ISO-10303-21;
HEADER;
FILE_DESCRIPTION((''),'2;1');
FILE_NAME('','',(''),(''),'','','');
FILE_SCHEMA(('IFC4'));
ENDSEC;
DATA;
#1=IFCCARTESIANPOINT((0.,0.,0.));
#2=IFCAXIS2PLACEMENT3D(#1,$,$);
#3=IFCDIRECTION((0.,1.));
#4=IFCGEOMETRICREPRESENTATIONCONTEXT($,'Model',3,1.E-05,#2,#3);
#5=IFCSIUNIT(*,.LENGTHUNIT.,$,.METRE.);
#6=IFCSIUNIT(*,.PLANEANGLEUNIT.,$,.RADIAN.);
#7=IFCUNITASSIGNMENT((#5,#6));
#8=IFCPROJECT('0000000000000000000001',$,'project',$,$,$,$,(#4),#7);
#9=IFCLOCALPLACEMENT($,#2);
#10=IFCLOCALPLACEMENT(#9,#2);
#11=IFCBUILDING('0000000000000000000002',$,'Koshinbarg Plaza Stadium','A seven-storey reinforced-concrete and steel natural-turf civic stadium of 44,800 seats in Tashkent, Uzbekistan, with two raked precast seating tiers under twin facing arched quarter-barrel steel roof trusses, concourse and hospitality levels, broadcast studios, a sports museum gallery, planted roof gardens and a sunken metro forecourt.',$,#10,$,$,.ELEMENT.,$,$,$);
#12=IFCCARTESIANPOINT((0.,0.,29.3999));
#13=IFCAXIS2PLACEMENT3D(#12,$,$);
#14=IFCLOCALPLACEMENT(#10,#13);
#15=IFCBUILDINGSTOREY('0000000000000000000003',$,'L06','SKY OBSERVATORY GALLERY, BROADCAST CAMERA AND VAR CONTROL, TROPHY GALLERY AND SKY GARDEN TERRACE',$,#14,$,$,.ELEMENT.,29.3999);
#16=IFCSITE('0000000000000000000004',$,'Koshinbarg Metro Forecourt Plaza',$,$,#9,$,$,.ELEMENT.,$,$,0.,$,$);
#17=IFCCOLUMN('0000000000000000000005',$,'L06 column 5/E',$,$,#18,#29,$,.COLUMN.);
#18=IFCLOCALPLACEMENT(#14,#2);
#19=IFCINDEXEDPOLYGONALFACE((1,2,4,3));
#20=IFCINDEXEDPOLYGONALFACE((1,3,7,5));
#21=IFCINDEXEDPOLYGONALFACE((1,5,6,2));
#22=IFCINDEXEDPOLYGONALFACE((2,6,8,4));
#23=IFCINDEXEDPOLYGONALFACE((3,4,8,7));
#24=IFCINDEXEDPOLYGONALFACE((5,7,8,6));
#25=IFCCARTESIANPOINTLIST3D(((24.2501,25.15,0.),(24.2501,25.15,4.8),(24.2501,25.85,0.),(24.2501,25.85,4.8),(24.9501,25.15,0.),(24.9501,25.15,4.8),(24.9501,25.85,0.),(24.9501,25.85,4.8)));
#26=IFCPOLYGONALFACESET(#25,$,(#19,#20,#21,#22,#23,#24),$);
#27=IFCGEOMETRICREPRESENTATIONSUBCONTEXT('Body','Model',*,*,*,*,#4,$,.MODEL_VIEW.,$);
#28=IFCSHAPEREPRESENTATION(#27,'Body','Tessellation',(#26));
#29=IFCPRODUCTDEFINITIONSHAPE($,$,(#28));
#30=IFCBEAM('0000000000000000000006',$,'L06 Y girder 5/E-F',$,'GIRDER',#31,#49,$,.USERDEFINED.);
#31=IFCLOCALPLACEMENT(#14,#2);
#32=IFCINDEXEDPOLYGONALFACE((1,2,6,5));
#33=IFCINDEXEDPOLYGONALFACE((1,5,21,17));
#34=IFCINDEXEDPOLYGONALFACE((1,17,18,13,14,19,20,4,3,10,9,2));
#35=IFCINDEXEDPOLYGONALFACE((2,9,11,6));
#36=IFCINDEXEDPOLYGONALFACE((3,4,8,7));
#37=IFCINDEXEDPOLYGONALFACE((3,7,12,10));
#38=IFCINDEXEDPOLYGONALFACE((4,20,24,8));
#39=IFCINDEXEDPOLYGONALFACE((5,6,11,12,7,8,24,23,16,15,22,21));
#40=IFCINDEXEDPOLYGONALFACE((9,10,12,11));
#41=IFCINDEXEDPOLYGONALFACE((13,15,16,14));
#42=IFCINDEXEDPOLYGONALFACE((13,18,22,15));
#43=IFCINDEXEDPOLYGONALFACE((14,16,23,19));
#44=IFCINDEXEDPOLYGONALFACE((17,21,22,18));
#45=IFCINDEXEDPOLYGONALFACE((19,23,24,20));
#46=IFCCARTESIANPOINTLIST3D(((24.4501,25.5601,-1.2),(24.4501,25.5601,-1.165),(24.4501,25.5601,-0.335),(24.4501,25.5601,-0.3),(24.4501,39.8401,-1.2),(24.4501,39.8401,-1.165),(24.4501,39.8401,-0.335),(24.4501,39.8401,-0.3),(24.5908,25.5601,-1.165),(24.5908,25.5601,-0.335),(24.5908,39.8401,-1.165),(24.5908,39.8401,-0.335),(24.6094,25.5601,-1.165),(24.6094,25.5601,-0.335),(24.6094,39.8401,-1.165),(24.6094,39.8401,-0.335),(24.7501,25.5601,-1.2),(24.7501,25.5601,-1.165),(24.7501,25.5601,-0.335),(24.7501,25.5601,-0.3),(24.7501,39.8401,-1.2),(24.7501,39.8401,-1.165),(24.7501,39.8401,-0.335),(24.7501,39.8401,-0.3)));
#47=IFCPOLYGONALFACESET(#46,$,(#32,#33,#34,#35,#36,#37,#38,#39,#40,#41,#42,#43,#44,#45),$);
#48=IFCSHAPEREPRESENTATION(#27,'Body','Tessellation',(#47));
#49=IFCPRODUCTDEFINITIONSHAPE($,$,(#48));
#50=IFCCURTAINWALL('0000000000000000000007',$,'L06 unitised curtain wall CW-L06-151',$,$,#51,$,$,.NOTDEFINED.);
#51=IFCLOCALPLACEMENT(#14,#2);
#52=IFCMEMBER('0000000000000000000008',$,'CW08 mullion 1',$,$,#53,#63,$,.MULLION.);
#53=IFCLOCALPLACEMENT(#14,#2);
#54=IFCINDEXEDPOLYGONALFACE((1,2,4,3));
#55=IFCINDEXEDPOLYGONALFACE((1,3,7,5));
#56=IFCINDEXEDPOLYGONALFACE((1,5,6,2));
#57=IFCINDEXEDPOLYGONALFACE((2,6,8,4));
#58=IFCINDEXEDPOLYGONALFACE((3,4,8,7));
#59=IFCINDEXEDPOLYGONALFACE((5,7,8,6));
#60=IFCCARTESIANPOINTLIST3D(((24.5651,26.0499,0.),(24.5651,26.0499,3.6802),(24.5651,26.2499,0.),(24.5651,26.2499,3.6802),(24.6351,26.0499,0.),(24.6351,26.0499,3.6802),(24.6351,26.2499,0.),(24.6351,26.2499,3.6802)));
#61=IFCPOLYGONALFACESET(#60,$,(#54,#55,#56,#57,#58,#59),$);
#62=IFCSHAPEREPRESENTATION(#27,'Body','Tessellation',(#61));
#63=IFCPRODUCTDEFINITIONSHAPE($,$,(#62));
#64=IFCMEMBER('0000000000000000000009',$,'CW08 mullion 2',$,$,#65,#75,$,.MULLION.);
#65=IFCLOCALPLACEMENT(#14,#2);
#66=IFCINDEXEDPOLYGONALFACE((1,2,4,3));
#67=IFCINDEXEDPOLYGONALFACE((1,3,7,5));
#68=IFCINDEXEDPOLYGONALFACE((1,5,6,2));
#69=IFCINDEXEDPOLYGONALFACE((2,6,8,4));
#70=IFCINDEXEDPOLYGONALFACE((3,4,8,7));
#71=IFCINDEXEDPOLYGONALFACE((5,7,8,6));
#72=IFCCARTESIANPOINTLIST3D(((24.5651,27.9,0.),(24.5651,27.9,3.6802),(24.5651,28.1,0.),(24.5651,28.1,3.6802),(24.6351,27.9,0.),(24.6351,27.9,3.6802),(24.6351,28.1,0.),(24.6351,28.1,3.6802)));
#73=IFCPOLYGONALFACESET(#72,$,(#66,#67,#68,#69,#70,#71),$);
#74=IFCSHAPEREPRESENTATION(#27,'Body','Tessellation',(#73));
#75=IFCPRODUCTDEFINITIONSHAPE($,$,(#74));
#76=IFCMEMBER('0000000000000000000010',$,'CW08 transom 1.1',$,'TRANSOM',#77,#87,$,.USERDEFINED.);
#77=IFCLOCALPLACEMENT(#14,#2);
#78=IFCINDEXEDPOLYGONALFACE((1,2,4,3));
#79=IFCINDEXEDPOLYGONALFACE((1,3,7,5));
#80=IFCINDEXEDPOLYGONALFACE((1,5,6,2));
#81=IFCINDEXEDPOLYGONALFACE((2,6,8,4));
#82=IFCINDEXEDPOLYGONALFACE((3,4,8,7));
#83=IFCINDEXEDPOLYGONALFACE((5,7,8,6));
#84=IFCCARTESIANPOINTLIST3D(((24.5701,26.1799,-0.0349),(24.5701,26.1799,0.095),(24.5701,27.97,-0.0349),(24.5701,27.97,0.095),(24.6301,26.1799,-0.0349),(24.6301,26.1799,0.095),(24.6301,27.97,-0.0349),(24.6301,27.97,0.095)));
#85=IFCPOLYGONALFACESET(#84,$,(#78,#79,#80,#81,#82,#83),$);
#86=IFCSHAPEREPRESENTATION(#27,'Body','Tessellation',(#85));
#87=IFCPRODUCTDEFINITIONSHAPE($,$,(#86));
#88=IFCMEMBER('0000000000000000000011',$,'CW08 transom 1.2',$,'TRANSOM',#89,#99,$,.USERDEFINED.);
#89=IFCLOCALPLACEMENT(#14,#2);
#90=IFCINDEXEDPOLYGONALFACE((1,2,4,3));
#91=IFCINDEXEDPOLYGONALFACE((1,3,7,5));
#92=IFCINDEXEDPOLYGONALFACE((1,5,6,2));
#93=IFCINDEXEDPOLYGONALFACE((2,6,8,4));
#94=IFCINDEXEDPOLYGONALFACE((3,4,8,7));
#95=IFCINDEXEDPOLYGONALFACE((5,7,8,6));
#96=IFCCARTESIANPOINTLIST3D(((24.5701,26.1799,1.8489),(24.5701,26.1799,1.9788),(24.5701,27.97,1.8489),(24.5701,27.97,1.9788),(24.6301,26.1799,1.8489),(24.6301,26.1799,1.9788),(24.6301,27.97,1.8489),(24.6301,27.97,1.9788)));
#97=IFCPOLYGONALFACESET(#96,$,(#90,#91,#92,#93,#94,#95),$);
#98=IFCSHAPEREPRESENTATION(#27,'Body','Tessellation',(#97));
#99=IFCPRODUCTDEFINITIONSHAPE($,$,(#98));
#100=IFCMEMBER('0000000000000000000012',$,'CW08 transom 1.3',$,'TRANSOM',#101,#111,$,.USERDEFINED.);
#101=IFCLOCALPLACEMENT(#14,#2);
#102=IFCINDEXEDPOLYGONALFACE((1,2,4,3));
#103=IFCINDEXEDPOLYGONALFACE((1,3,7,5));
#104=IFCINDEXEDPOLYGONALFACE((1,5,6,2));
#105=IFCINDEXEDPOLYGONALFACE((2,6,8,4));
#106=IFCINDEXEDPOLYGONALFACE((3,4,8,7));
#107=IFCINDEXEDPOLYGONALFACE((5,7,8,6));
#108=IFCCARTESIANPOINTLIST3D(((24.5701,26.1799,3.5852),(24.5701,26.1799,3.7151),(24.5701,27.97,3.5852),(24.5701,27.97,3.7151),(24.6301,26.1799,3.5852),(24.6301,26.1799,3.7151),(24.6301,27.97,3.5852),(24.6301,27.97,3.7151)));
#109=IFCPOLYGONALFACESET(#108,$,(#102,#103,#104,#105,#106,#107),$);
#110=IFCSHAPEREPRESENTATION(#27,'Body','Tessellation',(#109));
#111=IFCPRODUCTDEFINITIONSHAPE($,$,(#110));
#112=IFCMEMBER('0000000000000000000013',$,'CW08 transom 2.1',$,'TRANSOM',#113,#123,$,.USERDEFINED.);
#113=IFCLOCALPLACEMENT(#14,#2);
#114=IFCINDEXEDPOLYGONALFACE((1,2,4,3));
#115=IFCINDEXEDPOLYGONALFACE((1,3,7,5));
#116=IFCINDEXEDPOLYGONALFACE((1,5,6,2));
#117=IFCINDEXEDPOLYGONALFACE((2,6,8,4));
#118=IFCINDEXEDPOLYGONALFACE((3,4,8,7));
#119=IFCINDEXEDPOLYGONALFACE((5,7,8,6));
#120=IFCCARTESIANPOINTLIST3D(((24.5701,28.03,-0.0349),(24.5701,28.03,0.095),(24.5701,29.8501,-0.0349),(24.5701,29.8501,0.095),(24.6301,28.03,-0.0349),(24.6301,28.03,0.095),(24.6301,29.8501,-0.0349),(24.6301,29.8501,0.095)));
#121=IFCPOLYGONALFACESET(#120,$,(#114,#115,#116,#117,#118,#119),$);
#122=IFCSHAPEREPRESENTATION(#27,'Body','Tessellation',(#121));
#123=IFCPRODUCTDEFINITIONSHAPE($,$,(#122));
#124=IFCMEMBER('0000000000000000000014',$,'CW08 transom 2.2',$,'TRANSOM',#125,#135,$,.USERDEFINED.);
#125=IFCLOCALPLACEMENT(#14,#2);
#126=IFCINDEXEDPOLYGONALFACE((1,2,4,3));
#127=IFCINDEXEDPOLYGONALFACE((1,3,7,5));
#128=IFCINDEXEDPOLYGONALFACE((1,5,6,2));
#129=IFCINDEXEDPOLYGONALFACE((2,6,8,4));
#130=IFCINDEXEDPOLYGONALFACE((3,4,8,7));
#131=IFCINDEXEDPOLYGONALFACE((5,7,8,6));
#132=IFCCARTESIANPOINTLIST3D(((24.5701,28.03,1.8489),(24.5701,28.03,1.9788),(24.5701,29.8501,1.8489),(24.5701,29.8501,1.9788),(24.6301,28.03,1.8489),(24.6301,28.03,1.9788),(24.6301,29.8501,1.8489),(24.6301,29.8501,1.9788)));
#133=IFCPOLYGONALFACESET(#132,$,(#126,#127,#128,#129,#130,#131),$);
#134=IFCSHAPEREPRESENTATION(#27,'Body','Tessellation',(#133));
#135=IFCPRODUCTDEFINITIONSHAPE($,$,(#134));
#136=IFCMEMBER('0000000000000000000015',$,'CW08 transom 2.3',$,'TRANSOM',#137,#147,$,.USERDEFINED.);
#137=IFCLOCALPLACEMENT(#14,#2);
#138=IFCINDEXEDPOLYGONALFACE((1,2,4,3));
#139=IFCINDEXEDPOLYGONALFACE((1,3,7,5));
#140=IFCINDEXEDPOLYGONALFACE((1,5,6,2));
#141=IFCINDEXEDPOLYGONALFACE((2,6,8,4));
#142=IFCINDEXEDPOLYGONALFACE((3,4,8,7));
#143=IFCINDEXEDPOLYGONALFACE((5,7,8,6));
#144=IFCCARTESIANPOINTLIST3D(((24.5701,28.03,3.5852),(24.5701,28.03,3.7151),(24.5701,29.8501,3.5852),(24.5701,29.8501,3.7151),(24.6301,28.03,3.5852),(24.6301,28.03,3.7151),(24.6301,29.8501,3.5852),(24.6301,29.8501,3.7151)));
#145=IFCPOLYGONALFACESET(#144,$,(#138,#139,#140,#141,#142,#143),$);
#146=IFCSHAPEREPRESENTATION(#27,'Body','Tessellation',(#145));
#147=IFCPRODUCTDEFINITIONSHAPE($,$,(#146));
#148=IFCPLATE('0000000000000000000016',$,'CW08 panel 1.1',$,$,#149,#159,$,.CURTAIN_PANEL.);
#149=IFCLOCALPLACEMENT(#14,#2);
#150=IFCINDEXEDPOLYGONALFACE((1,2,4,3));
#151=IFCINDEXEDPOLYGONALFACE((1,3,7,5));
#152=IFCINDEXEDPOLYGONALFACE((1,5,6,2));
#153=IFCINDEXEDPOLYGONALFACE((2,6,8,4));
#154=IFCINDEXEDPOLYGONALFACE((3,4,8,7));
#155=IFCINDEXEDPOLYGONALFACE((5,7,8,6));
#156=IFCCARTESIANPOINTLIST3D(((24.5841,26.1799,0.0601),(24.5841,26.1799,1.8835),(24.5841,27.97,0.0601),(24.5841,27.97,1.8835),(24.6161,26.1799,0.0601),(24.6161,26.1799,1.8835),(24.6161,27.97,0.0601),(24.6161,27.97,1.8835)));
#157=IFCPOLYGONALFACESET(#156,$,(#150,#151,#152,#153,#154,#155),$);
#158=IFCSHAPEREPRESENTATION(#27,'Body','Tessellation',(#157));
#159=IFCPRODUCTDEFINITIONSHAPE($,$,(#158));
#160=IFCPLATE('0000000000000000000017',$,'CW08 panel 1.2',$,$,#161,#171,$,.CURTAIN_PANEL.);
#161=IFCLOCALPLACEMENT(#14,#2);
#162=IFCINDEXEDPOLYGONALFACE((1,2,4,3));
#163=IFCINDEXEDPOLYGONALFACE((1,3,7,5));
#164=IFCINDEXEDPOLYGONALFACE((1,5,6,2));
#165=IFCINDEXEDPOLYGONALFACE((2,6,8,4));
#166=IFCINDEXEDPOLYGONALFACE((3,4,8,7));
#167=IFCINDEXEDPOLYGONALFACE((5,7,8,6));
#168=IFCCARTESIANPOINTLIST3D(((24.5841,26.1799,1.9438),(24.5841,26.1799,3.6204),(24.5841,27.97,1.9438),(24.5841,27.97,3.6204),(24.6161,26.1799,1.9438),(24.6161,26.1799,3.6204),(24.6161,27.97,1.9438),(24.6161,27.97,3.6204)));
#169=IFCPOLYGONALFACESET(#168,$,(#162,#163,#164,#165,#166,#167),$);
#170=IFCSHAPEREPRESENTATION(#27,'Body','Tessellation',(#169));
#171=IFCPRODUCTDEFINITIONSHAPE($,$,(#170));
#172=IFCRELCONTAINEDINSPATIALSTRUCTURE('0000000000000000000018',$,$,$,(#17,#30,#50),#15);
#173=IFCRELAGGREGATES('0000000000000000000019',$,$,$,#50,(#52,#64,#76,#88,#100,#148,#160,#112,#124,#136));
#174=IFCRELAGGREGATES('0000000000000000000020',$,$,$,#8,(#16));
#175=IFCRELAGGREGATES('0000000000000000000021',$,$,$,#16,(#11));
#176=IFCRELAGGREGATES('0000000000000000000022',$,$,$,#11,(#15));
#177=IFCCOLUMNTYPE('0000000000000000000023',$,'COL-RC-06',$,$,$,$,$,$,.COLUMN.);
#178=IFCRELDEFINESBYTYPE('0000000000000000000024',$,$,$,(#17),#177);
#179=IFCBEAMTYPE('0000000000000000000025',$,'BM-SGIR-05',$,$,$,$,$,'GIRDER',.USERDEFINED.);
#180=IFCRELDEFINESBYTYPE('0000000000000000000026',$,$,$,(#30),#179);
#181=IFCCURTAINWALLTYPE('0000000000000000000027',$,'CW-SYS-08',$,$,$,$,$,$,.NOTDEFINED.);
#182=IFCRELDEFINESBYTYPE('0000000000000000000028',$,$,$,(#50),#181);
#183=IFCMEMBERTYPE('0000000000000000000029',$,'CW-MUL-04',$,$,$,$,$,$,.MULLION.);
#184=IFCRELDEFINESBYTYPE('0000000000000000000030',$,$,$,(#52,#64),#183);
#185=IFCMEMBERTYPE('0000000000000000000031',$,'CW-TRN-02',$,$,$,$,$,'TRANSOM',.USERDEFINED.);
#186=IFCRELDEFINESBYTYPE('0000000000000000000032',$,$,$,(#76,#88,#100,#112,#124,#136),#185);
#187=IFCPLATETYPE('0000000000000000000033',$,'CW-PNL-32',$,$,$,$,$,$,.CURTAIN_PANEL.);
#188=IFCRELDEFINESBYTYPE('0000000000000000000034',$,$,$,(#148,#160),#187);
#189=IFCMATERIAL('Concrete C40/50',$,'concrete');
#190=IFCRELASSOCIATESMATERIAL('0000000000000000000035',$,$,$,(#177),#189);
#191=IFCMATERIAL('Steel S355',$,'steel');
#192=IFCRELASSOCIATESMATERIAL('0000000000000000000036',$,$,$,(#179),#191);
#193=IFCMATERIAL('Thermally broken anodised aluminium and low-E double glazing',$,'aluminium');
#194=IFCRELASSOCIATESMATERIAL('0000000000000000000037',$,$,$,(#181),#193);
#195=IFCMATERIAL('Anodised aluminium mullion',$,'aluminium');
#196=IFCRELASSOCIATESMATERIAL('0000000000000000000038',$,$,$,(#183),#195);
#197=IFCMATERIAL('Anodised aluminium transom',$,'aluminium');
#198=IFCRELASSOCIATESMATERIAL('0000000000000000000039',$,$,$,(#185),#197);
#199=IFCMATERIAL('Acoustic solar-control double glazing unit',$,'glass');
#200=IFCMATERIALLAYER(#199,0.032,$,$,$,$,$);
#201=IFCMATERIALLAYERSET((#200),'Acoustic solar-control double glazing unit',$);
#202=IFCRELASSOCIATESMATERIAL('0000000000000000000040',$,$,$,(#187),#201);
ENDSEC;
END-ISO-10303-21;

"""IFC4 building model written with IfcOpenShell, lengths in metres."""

from ifc_helpers import new_model, si_unit, direction, frame, origin, origin_2d, place, context, subcontext, project, spatial, rectangle, i_section, extrude, material, layer, layer_set, material_profile, profile_set, type_object, element, aggregate, save


model = new_model("IFC4")

# Units and contexts
model_context = context("Model", 3, precision=1e-05, world=origin(), true_north=direction((0.0, 1.0)))
body_context = subcontext(model_context, "Body", "Model", "MODEL_VIEW")
ifc_project = project(units=[si_unit("LENGTHUNIT", "METRE"), si_unit("PLANEANGLEUNIT", "RADIAN")], contexts=[model_context])

# Site, building, storey
site_placement = place(None, origin())
site = spatial("IfcSite", under=ifc_project, at=site_placement, Name="Koshinbarg Metro Forecourt Plaza", CompositionType="ELEMENT", RefElevation=0.0)
building_placement = place(site_placement, origin())
building = spatial("IfcBuilding", under=site, at=building_placement, Name="Koshinbarg Plaza Stadium", Description="A seven-storey reinforced-concrete and steel natural-turf civic stadium of 44,800 seats in Tashkent, Uzbekistan, with two raked precast seating tiers under twin facing arched quarter-barrel steel roof trusses, concourse and hospitality levels, broadcast studios, a sports museum gallery, planted roof gardens and a sunken metro forecourt.", CompositionType="ELEMENT")
storey_placement = place(building_placement, frame((0.0, 0.0, 29.3999)))
storey = spatial("IfcBuildingStorey", under=building, at=storey_placement, Name="L06", Description="SKY OBSERVATORY GALLERY, BROADCAST CAMERA AND VAR CONTROL, TROPHY GALLERY AND SKY GARDEN TERRACE", CompositionType="ELEMENT", Elevation=29.3999)

# Column
ifc_material_1 = material(Name="Concrete C40/50", Category="concrete")
ifc_material_profile_1 = material_profile(ifc_material_1, rectangle(XDim=0.7, YDim=0.7, at=origin_2d()), Name="RC 700x700")
ifc_profile_set_1 = profile_set([ifc_material_profile_1], Name="Concrete C40/50")
column_type = type_object("IfcColumnType", Name="COL-RC-06", PredefinedType="COLUMN", material=ifc_profile_set_1)
column_placement = place(storey_placement, frame((24.6001, 25.5, 0.0), z_axis=(0.0, 0.0, 1.0), x_axis=(1.0, 0.0, 0.0)))
element("IfcColumn", 1, at=column_placement, inside=storey, type_object=column_type, Name="L06 column 5/E", PredefinedType="COLUMN", context=body_context, shape_type="SweptSolid", body=[
    extrude(rectangle(XDim=0.7, YDim=0.7, at=origin_2d()), origin(), (0.0, 0.0, 1.0), 4.8),
])

# Beam
ifc_material_2 = material(Name="Steel S355", Category="steel")
ifc_material_profile_2 = material_profile(ifc_material_2, i_section(OverallWidth=0.3, OverallDepth=0.8999, WebThickness=0.0186, FlangeThickness=0.0349, at=origin_2d()), Name="HEB 900")
ifc_profile_set_2 = profile_set([ifc_material_profile_2], Name="Steel S355")
beam_type = type_object("IfcBeamType", Name="BM-SGIR-05", ElementType="GIRDER", PredefinedType="USERDEFINED", material=ifc_profile_set_2)
beam_placement = place(storey_placement, frame((24.6001, 25.5601, -0.75), z_axis=(0.0, 1.0, 0.0), x_axis=(-1.0, 0.0, 0.0)))
element("IfcBeam", 2, at=beam_placement, inside=storey, type_object=beam_type, Name="L06 Y girder 5/E-F", ObjectType="GIRDER", PredefinedType="USERDEFINED", context=body_context, shape_type="SweptSolid", body=[
    extrude(i_section(OverallWidth=0.3, OverallDepth=0.8999, WebThickness=0.0186, FlangeThickness=0.0349, at=origin_2d()), origin(), (0.0, 0.0, 1.0), 14.28),
])

# Curtain wall, members, plates
ifc_material_3 = material(Name="Thermally broken anodised aluminium and low-E double glazing", Category="aluminium")
curtain_wall_type = type_object("IfcCurtainWallType", Name="CW-SYS-08", PredefinedType="NOTDEFINED", material=ifc_material_3)
curtain_wall_placement = place(storey_placement, origin())
curtain_wall = element("IfcCurtainWall", 3, at=curtain_wall_placement, inside=storey, type_object=curtain_wall_type, Name="L06 unitised curtain wall CW-L06-151", PredefinedType="NOTDEFINED")
ifc_material_4 = material(Name="Anodised aluminium mullion", Category="aluminium")
ifc_material_profile_3 = material_profile(ifc_material_4, rectangle(XDim=0.0701, YDim=0.2, at=origin_2d()), Name="ALU 70x200")
ifc_profile_set_3 = profile_set([ifc_material_profile_3], Name="Anodised aluminium mullion")
member_type_1 = type_object("IfcMemberType", Name="CW-MUL-04", PredefinedType="MULLION", material=ifc_profile_set_3)
member_1_placement = place(storey_placement, frame((24.6001, 26.1499, 0.0), z_axis=(0.0, 0.0, 1.0), x_axis=(-1.0, 0.0, 0.0)))
member_1 = element("IfcMember", 4, at=member_1_placement, type_object=member_type_1, Name="CW08 mullion 1", PredefinedType="MULLION", context=body_context, shape_type="SweptSolid", body=[
    extrude(rectangle(XDim=0.0701, YDim=0.2, at=origin_2d()), origin(), (0.0, 0.0, 1.0), 3.6802),
])
member_2_placement = place(storey_placement, frame((24.6001, 28.0, 0.0), z_axis=(0.0, 0.0, 1.0), x_axis=(-1.0, 0.0, 0.0)))
member_2 = element("IfcMember", 5, at=member_2_placement, type_object=member_type_1, Name="CW08 mullion 2", PredefinedType="MULLION", context=body_context, shape_type="SweptSolid", body=[
    extrude(rectangle(XDim=0.0701, YDim=0.2, at=origin_2d()), origin(), (0.0, 0.0, 1.0), 3.6802),
])
ifc_material_5 = material(Name="Anodised aluminium transom", Category="aluminium")
ifc_material_profile_4 = material_profile(ifc_material_5, rectangle(XDim=0.0601, YDim=0.1299, at=origin_2d()), Name="ALU 60x130")
ifc_profile_set_4 = profile_set([ifc_material_profile_4], Name="Anodised aluminium transom")
member_type_2 = type_object("IfcMemberType", Name="CW-TRN-02", ElementType="TRANSOM", PredefinedType="USERDEFINED", material=ifc_profile_set_4)
member_3_placement = place(storey_placement, frame((24.6001, 26.1799, 0.03), z_axis=(0.0, 1.0, 0.0), x_axis=(-1.0, 0.0, 0.0)))
member_3 = element("IfcMember", 6, at=member_3_placement, type_object=member_type_2, Name="CW08 transom 1.1", ObjectType="TRANSOM", PredefinedType="USERDEFINED", context=body_context, shape_type="SweptSolid", body=[
    extrude(rectangle(XDim=0.0601, YDim=0.1299, at=origin_2d()), origin(), (0.0, 0.0, 1.0), 1.79),
])
member_4_placement = place(storey_placement, frame((24.6001, 26.1799, 1.9138), z_axis=(0.0, 1.0, 0.0), x_axis=(-1.0, 0.0, 0.0)))
member_4 = element("IfcMember", 7, at=member_4_placement, type_object=member_type_2, Name="CW08 transom 1.2", ObjectType="TRANSOM", PredefinedType="USERDEFINED", context=body_context, shape_type="SweptSolid", body=[
    extrude(rectangle(XDim=0.0601, YDim=0.1299, at=origin_2d()), origin(), (0.0, 0.0, 1.0), 1.79),
])
member_5_placement = place(storey_placement, frame((24.6001, 26.1799, 3.6501), z_axis=(0.0, 1.0, 0.0), x_axis=(-1.0, 0.0, 0.0)))
member_5 = element("IfcMember", 8, at=member_5_placement, type_object=member_type_2, Name="CW08 transom 1.3", ObjectType="TRANSOM", PredefinedType="USERDEFINED", context=body_context, shape_type="SweptSolid", body=[
    extrude(rectangle(XDim=0.0601, YDim=0.1299, at=origin_2d()), origin(), (0.0, 0.0, 1.0), 1.79),
])
member_6_placement = place(storey_placement, frame((24.6001, 28.03, 0.03), z_axis=(0.0, 1.0, 0.0), x_axis=(-1.0, 0.0, 0.0)))
member_6 = element("IfcMember", 9, at=member_6_placement, type_object=member_type_2, Name="CW08 transom 2.1", ObjectType="TRANSOM", PredefinedType="USERDEFINED", context=body_context, shape_type="SweptSolid", body=[
    extrude(rectangle(XDim=0.0601, YDim=0.1299, at=origin_2d()), origin(), (0.0, 0.0, 1.0), 1.8201),
])
member_7_placement = place(storey_placement, frame((24.6001, 28.03, 1.9138), z_axis=(0.0, 1.0, 0.0), x_axis=(-1.0, 0.0, 0.0)))
member_7 = element("IfcMember", 10, at=member_7_placement, type_object=member_type_2, Name="CW08 transom 2.2", ObjectType="TRANSOM", PredefinedType="USERDEFINED", context=body_context, shape_type="SweptSolid", body=[
    extrude(rectangle(XDim=0.0601, YDim=0.1299, at=origin_2d()), origin(), (0.0, 0.0, 1.0), 1.8201),
])
member_8_placement = place(storey_placement, frame((24.6001, 28.03, 3.6501), z_axis=(0.0, 1.0, 0.0), x_axis=(-1.0, 0.0, 0.0)))
member_8 = element("IfcMember", 11, at=member_8_placement, type_object=member_type_2, Name="CW08 transom 2.3", ObjectType="TRANSOM", PredefinedType="USERDEFINED", context=body_context, shape_type="SweptSolid", body=[
    extrude(rectangle(XDim=0.0601, YDim=0.1299, at=origin_2d()), origin(), (0.0, 0.0, 1.0), 1.8201),
])
ifc_material_6 = material(Name="Acoustic solar-control double glazing unit", Category="glass")
ifc_layer_1 = layer(ifc_material_6, 0.032)
ifc_layer_set_1 = layer_set([ifc_layer_1], Name="Acoustic solar-control double glazing unit")
plate_type = type_object("IfcPlateType", Name="CW-PNL-32", PredefinedType="CURTAIN_PANEL", material=ifc_layer_set_1)
plate_1_placement = place(storey_placement, frame((24.6001, 27.075, 0.0601), z_axis=(0.0, 0.0, 1.0), x_axis=(0.0, 1.0, 0.0)))
plate_1 = element("IfcPlate", 12, at=plate_1_placement, type_object=plate_type, Name="CW08 panel 1.1", PredefinedType="CURTAIN_PANEL", context=body_context, shape_type="SweptSolid", body=[
    extrude(rectangle(XDim=1.79, YDim=0.032, at=origin_2d()), origin(), (0.0, 0.0, 1.0), 1.8235),
])
plate_2_placement = place(storey_placement, frame((24.6001, 27.075, 1.9438), z_axis=(0.0, 0.0, 1.0), x_axis=(0.0, 1.0, 0.0)))
plate_2 = element("IfcPlate", 13, at=plate_2_placement, type_object=plate_type, Name="CW08 panel 1.2", PredefinedType="CURTAIN_PANEL", context=body_context, shape_type="SweptSolid", body=[
    extrude(rectangle(XDim=1.79, YDim=0.032, at=origin_2d()), origin(), (0.0, 0.0, 1.0), 1.6765),
])
aggregate(curtain_wall, [member_1, member_2, member_3, member_4, member_5, plate_1, plate_2, member_6, member_7, member_8])

save(model, "model.ifc")
